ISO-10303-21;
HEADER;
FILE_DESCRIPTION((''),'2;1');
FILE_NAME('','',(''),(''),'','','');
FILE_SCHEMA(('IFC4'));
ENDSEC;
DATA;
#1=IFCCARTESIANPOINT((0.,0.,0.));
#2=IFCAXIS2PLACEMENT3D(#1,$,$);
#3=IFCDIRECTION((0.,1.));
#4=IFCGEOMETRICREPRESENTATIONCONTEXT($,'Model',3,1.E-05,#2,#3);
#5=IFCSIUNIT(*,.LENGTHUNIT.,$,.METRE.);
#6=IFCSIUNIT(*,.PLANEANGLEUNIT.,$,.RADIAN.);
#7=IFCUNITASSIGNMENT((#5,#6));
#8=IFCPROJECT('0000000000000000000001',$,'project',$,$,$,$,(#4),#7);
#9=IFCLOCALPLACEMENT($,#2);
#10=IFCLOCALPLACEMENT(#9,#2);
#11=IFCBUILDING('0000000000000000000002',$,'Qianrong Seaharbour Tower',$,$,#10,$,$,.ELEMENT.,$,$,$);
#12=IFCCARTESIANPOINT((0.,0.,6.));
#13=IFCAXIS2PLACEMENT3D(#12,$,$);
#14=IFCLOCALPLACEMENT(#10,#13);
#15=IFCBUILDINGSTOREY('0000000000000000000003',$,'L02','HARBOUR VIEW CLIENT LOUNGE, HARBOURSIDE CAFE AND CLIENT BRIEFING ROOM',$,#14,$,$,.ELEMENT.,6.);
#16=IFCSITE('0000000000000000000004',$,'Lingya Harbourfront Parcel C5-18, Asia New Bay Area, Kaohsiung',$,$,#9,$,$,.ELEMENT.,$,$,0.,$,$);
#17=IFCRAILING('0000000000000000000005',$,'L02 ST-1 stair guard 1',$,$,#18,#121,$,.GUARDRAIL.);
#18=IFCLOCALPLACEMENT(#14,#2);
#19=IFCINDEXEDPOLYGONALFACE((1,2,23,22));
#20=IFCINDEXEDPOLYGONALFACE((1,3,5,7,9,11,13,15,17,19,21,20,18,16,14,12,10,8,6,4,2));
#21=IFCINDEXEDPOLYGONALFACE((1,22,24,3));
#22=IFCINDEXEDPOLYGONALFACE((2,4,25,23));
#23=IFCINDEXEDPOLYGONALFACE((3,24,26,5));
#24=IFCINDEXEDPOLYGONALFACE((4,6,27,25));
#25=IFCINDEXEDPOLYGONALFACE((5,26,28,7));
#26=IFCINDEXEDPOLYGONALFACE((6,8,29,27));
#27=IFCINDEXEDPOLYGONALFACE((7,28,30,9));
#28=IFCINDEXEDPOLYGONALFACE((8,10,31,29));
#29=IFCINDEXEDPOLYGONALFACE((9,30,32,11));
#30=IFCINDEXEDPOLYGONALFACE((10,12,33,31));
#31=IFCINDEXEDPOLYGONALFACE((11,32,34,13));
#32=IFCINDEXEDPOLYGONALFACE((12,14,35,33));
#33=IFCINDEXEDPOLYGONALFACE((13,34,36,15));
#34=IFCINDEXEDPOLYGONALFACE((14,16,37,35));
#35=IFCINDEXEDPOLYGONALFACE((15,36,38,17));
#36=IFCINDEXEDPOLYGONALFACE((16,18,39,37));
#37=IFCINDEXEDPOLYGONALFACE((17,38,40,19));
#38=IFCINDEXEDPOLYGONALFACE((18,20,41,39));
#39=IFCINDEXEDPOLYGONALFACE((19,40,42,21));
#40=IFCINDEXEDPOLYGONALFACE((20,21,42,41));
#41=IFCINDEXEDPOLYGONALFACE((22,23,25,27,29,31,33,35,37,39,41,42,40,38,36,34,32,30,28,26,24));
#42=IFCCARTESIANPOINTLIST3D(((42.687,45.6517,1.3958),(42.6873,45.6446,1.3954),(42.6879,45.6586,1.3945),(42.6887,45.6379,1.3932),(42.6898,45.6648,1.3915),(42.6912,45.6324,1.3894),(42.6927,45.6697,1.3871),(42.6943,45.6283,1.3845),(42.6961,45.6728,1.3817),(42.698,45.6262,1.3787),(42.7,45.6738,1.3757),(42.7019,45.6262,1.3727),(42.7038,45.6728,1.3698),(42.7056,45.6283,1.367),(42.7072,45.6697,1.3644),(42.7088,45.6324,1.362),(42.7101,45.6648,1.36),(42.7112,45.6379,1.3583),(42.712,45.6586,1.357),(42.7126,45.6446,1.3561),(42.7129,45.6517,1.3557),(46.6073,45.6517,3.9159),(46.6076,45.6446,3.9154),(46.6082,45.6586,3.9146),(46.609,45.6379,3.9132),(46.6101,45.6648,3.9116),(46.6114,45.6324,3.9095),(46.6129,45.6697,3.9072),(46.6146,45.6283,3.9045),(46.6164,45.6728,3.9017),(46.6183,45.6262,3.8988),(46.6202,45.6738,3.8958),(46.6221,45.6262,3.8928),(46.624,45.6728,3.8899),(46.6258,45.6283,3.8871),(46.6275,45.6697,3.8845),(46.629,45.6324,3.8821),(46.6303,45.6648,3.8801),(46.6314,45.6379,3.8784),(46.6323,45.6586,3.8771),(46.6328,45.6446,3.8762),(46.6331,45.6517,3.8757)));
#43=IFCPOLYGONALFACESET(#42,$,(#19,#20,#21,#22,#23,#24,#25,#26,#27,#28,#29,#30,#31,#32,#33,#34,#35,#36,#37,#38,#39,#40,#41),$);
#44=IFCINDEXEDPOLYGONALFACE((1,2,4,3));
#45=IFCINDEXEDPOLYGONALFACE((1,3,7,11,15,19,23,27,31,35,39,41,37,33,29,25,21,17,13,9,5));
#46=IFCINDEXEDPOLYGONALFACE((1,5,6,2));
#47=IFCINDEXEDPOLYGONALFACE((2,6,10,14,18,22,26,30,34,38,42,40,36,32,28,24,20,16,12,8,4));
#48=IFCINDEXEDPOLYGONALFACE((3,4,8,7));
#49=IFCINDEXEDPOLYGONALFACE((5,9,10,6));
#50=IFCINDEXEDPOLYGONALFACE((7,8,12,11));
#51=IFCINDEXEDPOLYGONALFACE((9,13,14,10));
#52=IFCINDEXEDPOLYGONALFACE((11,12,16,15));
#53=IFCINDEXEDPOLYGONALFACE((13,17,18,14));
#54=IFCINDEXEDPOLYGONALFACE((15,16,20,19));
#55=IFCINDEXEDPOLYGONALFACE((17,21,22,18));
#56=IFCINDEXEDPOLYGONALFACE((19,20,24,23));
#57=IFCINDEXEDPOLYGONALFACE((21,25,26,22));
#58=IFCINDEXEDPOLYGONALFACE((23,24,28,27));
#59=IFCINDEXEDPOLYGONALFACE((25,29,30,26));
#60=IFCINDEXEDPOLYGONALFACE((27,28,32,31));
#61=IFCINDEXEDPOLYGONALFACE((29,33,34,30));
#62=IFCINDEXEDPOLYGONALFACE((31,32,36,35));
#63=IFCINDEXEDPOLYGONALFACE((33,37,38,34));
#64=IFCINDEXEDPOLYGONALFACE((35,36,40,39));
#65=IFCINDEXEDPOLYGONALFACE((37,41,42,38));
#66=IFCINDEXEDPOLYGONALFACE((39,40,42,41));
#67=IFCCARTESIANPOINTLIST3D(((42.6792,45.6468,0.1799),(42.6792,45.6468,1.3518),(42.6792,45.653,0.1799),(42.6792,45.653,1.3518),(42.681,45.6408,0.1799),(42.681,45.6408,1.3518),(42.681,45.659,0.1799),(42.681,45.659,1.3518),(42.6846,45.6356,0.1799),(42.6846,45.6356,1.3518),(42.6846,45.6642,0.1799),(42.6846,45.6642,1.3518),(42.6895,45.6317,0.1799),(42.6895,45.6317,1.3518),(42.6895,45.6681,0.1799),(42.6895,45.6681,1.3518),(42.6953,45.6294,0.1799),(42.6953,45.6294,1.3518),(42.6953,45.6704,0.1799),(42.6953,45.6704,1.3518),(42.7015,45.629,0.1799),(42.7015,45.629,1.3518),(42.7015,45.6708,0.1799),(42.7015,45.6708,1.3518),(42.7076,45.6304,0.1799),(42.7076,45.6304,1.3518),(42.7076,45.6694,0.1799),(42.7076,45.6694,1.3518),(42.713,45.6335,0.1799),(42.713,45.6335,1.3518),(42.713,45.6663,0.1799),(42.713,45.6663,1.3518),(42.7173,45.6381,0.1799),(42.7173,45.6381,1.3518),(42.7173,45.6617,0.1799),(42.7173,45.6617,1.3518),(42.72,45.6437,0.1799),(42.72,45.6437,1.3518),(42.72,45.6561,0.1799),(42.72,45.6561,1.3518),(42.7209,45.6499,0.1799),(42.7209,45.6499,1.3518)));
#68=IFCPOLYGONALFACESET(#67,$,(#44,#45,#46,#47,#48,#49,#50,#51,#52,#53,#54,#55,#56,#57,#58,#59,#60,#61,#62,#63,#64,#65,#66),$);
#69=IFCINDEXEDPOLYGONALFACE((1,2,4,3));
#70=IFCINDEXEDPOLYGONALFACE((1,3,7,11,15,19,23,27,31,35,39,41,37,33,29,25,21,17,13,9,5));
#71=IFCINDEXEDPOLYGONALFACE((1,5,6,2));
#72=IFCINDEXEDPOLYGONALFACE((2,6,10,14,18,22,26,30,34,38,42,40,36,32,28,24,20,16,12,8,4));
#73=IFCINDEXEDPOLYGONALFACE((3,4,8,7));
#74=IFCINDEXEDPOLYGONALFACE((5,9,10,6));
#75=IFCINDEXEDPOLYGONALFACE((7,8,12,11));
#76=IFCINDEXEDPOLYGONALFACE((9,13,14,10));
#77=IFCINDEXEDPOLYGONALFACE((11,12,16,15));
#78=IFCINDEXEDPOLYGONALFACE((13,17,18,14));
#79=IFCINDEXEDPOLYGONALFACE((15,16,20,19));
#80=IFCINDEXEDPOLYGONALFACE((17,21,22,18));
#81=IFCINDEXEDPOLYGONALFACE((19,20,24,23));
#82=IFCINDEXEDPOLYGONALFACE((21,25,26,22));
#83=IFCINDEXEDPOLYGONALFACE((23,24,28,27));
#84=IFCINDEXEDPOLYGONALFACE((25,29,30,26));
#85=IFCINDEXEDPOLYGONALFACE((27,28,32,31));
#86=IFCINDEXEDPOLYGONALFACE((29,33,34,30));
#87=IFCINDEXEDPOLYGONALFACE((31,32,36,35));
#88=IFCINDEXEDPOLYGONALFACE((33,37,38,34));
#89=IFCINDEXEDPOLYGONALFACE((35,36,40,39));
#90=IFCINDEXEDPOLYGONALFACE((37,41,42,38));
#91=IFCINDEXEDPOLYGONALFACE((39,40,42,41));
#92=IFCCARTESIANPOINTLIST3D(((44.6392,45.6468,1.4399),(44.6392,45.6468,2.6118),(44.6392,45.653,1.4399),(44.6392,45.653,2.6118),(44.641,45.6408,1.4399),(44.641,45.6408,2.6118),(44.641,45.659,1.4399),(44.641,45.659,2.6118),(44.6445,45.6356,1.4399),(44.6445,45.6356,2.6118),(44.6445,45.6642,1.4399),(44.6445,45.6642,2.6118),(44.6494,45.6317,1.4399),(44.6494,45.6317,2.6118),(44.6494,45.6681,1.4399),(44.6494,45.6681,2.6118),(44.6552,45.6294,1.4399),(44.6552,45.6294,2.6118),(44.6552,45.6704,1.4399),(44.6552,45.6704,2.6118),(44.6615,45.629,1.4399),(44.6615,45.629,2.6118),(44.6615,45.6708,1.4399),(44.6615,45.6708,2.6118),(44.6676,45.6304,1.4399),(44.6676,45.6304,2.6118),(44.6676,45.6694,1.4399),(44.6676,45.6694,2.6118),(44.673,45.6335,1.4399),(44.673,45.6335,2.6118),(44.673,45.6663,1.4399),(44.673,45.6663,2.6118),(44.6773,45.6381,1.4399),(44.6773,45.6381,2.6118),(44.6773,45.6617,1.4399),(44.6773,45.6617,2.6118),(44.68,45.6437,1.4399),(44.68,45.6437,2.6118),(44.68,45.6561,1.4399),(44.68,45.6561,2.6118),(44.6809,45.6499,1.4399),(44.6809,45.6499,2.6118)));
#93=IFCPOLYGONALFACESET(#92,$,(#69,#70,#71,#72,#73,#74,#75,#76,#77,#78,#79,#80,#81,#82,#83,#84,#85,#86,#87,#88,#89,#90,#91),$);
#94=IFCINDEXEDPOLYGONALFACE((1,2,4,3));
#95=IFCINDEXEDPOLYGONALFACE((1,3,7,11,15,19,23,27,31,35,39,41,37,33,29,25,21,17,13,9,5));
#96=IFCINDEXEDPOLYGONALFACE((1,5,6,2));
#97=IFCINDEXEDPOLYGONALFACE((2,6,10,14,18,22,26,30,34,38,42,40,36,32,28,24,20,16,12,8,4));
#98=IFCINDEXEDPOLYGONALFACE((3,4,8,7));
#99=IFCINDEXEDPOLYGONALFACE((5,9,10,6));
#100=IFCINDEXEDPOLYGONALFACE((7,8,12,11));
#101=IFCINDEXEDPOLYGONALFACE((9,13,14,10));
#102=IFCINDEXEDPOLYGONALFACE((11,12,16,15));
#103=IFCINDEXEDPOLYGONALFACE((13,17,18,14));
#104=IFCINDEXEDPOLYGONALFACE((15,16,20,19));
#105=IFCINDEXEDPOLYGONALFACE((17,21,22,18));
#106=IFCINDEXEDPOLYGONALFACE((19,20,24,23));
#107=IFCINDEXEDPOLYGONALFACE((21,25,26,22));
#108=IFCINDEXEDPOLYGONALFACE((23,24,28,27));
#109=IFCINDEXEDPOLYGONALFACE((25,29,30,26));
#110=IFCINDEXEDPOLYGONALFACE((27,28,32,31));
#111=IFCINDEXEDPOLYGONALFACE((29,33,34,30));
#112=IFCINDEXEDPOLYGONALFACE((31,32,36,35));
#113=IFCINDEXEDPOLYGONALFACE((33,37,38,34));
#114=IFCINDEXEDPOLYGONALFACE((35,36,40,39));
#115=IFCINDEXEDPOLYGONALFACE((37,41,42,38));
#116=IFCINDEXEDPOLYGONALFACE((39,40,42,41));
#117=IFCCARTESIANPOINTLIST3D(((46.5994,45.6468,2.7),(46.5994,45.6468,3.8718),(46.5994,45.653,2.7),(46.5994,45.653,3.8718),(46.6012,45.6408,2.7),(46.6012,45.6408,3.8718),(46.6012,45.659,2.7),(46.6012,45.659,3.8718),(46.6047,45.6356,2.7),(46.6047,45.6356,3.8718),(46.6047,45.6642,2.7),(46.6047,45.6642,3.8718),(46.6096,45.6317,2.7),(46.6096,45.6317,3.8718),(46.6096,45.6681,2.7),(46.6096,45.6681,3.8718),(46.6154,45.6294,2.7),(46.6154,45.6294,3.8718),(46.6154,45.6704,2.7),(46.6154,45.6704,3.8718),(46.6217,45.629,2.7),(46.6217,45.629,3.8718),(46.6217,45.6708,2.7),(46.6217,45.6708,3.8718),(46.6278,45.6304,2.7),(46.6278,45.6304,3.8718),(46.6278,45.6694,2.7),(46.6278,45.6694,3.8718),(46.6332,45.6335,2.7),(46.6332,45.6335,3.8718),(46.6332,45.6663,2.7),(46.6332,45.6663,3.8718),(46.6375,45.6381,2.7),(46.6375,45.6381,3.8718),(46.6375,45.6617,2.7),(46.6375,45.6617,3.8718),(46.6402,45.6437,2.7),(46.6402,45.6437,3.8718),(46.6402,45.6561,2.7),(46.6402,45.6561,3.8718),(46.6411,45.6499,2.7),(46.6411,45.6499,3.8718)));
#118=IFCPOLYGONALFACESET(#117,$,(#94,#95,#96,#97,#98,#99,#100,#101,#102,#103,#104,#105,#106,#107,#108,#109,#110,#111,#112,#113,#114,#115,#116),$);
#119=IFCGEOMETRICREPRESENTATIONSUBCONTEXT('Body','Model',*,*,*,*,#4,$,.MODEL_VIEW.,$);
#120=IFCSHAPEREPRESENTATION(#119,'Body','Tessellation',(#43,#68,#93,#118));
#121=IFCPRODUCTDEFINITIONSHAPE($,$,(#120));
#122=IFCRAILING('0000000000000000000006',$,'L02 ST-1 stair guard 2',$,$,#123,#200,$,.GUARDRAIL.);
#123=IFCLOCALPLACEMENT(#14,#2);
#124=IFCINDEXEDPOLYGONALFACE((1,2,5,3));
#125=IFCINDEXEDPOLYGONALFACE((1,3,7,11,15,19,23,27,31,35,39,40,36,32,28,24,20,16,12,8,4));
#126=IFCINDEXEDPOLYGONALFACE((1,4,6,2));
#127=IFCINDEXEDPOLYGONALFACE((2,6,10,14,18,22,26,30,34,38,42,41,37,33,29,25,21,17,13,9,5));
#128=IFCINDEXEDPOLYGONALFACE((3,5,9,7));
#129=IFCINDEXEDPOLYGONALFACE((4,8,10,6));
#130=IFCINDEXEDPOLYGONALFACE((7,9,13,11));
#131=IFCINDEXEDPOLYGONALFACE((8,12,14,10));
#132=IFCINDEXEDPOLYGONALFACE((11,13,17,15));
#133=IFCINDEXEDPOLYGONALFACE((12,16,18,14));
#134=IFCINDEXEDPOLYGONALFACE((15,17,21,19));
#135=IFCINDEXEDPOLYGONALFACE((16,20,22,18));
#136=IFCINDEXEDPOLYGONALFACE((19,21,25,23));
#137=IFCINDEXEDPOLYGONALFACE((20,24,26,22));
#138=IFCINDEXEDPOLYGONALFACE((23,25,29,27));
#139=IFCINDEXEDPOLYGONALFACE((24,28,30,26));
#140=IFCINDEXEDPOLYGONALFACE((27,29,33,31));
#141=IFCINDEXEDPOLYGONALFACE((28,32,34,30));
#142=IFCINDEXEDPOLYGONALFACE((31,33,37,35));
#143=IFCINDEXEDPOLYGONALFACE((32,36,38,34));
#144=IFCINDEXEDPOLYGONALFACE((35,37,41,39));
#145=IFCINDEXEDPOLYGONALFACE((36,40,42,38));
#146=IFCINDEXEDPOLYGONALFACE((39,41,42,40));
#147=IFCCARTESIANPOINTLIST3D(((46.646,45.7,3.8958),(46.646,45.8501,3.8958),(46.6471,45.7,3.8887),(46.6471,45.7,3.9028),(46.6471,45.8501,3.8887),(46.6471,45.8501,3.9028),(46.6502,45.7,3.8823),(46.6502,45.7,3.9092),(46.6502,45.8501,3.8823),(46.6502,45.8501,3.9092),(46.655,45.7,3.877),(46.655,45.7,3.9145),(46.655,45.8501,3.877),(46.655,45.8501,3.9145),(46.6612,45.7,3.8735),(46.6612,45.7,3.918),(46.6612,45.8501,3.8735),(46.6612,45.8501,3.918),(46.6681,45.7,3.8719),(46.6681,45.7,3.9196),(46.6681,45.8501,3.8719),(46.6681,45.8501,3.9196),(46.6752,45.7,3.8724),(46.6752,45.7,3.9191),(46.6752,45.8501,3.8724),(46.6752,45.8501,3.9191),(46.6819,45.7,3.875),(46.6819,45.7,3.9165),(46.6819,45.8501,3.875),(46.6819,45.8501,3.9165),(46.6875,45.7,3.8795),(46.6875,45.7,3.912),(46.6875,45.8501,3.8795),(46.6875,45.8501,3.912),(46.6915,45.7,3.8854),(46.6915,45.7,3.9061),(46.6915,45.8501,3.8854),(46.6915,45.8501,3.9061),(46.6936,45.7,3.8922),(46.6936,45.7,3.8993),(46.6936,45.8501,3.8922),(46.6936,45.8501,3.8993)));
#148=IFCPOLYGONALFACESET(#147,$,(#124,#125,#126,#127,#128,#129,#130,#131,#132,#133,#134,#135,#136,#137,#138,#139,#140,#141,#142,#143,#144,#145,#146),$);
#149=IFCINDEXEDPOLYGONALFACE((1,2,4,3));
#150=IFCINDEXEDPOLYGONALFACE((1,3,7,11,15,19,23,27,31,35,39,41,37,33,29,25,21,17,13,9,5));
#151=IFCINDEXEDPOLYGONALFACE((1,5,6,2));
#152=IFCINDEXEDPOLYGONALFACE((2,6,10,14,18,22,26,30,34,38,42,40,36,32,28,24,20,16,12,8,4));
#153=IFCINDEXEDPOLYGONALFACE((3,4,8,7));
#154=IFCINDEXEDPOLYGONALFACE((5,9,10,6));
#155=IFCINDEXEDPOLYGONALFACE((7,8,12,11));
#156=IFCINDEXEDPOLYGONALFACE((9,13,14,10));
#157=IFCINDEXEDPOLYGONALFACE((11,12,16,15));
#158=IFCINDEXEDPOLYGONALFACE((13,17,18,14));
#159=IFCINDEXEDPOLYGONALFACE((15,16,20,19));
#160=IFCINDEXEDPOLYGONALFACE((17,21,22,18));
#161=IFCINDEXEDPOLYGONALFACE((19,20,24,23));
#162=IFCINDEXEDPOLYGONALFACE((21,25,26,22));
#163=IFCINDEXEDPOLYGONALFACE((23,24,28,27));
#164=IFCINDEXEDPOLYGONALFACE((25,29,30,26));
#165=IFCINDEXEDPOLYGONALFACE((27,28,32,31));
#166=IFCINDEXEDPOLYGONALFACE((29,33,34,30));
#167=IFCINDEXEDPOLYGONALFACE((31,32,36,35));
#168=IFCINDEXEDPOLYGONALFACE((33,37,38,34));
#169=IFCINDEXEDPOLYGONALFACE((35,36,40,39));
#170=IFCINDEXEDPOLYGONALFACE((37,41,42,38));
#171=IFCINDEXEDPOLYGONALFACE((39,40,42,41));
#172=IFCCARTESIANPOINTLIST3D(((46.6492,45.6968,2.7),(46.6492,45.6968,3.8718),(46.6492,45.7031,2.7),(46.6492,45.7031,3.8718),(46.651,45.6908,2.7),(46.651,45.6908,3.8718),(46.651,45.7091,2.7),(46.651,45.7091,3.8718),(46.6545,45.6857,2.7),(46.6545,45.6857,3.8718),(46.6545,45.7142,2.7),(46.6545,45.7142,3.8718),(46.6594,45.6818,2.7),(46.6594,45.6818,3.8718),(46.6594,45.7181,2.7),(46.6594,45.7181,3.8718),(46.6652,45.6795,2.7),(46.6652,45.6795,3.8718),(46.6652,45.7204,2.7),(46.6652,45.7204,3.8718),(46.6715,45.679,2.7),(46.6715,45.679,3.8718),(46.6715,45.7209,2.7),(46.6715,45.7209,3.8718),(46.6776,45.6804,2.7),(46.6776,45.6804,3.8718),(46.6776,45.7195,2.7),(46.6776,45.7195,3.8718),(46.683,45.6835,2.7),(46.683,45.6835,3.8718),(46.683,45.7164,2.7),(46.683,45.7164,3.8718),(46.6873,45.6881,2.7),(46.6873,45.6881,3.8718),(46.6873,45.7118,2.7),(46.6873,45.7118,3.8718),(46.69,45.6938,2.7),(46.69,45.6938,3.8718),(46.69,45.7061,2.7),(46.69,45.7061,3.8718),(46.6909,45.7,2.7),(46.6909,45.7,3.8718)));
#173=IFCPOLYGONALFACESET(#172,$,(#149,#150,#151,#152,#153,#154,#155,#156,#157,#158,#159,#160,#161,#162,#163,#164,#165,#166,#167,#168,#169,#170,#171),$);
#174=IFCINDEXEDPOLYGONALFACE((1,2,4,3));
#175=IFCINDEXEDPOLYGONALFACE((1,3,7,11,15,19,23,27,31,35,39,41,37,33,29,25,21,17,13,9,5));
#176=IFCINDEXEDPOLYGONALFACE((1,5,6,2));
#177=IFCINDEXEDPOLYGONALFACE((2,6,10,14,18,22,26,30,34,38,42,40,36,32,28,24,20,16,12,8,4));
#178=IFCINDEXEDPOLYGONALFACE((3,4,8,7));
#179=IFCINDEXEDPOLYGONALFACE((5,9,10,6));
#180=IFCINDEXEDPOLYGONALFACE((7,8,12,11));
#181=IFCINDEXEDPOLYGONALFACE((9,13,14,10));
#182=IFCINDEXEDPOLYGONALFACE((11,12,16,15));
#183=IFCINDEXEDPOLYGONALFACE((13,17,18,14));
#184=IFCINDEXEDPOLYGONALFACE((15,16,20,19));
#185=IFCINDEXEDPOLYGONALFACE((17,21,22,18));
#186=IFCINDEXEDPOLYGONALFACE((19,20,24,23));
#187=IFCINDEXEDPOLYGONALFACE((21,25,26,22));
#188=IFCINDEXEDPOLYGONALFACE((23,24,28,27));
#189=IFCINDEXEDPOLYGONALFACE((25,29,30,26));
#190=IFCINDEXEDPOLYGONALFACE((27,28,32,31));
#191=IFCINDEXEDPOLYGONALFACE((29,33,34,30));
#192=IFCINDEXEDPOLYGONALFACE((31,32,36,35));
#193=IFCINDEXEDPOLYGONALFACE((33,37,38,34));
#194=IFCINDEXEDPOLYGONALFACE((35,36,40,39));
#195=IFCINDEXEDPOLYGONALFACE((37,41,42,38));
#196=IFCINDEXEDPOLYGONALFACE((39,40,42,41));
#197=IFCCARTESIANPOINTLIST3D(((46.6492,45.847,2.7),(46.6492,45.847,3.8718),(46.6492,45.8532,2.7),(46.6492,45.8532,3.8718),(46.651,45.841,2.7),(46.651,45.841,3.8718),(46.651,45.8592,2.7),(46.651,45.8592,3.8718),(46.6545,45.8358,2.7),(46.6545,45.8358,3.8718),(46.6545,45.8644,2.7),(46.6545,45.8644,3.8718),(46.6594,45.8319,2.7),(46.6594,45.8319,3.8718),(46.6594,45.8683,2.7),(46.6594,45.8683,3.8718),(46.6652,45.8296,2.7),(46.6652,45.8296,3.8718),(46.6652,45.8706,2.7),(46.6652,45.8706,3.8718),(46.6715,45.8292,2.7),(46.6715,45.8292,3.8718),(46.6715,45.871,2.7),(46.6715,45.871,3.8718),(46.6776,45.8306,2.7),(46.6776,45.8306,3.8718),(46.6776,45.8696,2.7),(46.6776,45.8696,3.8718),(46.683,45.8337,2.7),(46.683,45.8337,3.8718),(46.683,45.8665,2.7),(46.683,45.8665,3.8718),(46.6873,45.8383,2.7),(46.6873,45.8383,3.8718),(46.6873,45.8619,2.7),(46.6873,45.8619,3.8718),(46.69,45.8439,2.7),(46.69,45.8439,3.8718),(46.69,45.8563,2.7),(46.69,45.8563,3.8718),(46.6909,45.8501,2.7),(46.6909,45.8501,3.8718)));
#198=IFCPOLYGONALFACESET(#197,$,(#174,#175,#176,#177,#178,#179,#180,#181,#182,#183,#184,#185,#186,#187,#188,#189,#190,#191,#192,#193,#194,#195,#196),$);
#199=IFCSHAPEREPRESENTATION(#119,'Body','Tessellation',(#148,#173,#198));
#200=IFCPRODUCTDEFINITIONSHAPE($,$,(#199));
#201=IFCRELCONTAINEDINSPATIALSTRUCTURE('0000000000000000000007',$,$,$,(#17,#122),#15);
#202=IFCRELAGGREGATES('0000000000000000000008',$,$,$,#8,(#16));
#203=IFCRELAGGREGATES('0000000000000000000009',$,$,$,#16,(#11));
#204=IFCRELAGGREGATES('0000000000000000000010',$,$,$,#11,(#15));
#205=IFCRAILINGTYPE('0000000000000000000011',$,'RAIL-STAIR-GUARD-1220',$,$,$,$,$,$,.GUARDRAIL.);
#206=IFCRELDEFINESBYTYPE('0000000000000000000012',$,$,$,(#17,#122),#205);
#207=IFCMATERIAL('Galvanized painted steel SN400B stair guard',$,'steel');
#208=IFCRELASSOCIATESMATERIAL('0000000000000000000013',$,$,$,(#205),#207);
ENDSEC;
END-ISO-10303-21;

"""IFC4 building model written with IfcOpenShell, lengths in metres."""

from ifc_helpers import new_model, si_unit, direction, frame, origin, origin_2d, place, context, subcontext, project, spatial, circle, extrude, material, type_object, element, save


model = new_model("IFC4")

# Units and contexts
model_context = context("Model", 3, precision=1e-05, world=origin(), true_north=direction((0.0, 1.0)))
body_context = subcontext(model_context, "Body", "Model", "MODEL_VIEW")
ifc_project = project(units=[si_unit("LENGTHUNIT", "METRE"), si_unit("PLANEANGLEUNIT", "RADIAN")], contexts=[model_context])

# Site, building, storey
site_placement = place(None, origin())
site = spatial("IfcSite", under=ifc_project, at=site_placement, Name="Lingya Harbourfront Parcel C5-18, Asia New Bay Area, Kaohsiung", CompositionType="ELEMENT", RefElevation=0.0)
building_placement = place(site_placement, origin())
building = spatial("IfcBuilding", under=site, at=building_placement, Name="Qianrong Seaharbour Tower", CompositionType="ELEMENT")
storey_placement = place(building_placement, frame((0.0, 0.0, 6.0)))
storey = spatial("IfcBuildingStorey", under=building, at=storey_placement, Name="L02", Description="HARBOUR VIEW CLIENT LOUNGE, HARBOURSIDE CAFE AND CLIENT BRIEFING ROOM", CompositionType="ELEMENT", Elevation=6.0)

# Railings
ifc_material_1 = material(Name="Galvanized painted steel SN400B stair guard", Category="steel")
railing_type_1 = type_object("IfcRailingType", Name="RAIL-STAIR-GUARD-1220", PredefinedType="GUARDRAIL", material=ifc_material_1)
railing_1_placement = place(storey_placement, frame((42.7, 45.6499, 0.1799)))
element("IfcRailing", 1, at=railing_1_placement, inside=storey, type_object=railing_type_1, Name="L02 ST-1 stair guard 1", PredefinedType="GUARDRAIL", context=body_context, shape_type="SweptSolid", body=[
    extrude(circle(Radius=0.0239, at=origin_2d()), frame((0.0, 0.0, 1.1958), z_axis=(0.841187, 0.0, 0.540744), x_axis=(0.0, 1.0, 0.0)), (0.0, 0.0, 1.0), 4.6604),
    extrude(circle(Radius=0.021, at=origin_2d()), origin(), (0.0, 0.0, 1.0), 1.1719),
    extrude(circle(Radius=0.021, at=origin_2d()), frame((1.96, 0.0, 1.26)), (0.0, 0.0, 1.0), 1.1719),
    extrude(circle(Radius=0.021, at=origin_2d()), frame((3.9202, 0.0, 2.52)), (0.0, 0.0, 1.0), 1.1719),
])
railing_2_placement = place(storey_placement, frame((46.6699, 45.7, 2.7)))
element("IfcRailing", 2, at=railing_2_placement, inside=storey, type_object=railing_type_1, Name="L02 ST-1 stair guard 2", PredefinedType="GUARDRAIL", context=body_context, shape_type="SweptSolid", body=[
    extrude(circle(Radius=0.0239, at=origin_2d()), frame((0.0, 0.0, 1.1958), z_axis=(0.0, 1.0, 0.0), x_axis=(-1.0, 0.0, 0.0)), (0.0, 0.0, 1.0), 0.1501),
    extrude(circle(Radius=0.021, at=origin_2d()), origin(), (0.0, 0.0, 1.0), 1.1719),
    extrude(circle(Radius=0.021, at=origin_2d()), frame((0.0, 0.1501, 0.0)), (0.0, 0.0, 1.0), 1.1719),
])

save(model, "model.ifc")
